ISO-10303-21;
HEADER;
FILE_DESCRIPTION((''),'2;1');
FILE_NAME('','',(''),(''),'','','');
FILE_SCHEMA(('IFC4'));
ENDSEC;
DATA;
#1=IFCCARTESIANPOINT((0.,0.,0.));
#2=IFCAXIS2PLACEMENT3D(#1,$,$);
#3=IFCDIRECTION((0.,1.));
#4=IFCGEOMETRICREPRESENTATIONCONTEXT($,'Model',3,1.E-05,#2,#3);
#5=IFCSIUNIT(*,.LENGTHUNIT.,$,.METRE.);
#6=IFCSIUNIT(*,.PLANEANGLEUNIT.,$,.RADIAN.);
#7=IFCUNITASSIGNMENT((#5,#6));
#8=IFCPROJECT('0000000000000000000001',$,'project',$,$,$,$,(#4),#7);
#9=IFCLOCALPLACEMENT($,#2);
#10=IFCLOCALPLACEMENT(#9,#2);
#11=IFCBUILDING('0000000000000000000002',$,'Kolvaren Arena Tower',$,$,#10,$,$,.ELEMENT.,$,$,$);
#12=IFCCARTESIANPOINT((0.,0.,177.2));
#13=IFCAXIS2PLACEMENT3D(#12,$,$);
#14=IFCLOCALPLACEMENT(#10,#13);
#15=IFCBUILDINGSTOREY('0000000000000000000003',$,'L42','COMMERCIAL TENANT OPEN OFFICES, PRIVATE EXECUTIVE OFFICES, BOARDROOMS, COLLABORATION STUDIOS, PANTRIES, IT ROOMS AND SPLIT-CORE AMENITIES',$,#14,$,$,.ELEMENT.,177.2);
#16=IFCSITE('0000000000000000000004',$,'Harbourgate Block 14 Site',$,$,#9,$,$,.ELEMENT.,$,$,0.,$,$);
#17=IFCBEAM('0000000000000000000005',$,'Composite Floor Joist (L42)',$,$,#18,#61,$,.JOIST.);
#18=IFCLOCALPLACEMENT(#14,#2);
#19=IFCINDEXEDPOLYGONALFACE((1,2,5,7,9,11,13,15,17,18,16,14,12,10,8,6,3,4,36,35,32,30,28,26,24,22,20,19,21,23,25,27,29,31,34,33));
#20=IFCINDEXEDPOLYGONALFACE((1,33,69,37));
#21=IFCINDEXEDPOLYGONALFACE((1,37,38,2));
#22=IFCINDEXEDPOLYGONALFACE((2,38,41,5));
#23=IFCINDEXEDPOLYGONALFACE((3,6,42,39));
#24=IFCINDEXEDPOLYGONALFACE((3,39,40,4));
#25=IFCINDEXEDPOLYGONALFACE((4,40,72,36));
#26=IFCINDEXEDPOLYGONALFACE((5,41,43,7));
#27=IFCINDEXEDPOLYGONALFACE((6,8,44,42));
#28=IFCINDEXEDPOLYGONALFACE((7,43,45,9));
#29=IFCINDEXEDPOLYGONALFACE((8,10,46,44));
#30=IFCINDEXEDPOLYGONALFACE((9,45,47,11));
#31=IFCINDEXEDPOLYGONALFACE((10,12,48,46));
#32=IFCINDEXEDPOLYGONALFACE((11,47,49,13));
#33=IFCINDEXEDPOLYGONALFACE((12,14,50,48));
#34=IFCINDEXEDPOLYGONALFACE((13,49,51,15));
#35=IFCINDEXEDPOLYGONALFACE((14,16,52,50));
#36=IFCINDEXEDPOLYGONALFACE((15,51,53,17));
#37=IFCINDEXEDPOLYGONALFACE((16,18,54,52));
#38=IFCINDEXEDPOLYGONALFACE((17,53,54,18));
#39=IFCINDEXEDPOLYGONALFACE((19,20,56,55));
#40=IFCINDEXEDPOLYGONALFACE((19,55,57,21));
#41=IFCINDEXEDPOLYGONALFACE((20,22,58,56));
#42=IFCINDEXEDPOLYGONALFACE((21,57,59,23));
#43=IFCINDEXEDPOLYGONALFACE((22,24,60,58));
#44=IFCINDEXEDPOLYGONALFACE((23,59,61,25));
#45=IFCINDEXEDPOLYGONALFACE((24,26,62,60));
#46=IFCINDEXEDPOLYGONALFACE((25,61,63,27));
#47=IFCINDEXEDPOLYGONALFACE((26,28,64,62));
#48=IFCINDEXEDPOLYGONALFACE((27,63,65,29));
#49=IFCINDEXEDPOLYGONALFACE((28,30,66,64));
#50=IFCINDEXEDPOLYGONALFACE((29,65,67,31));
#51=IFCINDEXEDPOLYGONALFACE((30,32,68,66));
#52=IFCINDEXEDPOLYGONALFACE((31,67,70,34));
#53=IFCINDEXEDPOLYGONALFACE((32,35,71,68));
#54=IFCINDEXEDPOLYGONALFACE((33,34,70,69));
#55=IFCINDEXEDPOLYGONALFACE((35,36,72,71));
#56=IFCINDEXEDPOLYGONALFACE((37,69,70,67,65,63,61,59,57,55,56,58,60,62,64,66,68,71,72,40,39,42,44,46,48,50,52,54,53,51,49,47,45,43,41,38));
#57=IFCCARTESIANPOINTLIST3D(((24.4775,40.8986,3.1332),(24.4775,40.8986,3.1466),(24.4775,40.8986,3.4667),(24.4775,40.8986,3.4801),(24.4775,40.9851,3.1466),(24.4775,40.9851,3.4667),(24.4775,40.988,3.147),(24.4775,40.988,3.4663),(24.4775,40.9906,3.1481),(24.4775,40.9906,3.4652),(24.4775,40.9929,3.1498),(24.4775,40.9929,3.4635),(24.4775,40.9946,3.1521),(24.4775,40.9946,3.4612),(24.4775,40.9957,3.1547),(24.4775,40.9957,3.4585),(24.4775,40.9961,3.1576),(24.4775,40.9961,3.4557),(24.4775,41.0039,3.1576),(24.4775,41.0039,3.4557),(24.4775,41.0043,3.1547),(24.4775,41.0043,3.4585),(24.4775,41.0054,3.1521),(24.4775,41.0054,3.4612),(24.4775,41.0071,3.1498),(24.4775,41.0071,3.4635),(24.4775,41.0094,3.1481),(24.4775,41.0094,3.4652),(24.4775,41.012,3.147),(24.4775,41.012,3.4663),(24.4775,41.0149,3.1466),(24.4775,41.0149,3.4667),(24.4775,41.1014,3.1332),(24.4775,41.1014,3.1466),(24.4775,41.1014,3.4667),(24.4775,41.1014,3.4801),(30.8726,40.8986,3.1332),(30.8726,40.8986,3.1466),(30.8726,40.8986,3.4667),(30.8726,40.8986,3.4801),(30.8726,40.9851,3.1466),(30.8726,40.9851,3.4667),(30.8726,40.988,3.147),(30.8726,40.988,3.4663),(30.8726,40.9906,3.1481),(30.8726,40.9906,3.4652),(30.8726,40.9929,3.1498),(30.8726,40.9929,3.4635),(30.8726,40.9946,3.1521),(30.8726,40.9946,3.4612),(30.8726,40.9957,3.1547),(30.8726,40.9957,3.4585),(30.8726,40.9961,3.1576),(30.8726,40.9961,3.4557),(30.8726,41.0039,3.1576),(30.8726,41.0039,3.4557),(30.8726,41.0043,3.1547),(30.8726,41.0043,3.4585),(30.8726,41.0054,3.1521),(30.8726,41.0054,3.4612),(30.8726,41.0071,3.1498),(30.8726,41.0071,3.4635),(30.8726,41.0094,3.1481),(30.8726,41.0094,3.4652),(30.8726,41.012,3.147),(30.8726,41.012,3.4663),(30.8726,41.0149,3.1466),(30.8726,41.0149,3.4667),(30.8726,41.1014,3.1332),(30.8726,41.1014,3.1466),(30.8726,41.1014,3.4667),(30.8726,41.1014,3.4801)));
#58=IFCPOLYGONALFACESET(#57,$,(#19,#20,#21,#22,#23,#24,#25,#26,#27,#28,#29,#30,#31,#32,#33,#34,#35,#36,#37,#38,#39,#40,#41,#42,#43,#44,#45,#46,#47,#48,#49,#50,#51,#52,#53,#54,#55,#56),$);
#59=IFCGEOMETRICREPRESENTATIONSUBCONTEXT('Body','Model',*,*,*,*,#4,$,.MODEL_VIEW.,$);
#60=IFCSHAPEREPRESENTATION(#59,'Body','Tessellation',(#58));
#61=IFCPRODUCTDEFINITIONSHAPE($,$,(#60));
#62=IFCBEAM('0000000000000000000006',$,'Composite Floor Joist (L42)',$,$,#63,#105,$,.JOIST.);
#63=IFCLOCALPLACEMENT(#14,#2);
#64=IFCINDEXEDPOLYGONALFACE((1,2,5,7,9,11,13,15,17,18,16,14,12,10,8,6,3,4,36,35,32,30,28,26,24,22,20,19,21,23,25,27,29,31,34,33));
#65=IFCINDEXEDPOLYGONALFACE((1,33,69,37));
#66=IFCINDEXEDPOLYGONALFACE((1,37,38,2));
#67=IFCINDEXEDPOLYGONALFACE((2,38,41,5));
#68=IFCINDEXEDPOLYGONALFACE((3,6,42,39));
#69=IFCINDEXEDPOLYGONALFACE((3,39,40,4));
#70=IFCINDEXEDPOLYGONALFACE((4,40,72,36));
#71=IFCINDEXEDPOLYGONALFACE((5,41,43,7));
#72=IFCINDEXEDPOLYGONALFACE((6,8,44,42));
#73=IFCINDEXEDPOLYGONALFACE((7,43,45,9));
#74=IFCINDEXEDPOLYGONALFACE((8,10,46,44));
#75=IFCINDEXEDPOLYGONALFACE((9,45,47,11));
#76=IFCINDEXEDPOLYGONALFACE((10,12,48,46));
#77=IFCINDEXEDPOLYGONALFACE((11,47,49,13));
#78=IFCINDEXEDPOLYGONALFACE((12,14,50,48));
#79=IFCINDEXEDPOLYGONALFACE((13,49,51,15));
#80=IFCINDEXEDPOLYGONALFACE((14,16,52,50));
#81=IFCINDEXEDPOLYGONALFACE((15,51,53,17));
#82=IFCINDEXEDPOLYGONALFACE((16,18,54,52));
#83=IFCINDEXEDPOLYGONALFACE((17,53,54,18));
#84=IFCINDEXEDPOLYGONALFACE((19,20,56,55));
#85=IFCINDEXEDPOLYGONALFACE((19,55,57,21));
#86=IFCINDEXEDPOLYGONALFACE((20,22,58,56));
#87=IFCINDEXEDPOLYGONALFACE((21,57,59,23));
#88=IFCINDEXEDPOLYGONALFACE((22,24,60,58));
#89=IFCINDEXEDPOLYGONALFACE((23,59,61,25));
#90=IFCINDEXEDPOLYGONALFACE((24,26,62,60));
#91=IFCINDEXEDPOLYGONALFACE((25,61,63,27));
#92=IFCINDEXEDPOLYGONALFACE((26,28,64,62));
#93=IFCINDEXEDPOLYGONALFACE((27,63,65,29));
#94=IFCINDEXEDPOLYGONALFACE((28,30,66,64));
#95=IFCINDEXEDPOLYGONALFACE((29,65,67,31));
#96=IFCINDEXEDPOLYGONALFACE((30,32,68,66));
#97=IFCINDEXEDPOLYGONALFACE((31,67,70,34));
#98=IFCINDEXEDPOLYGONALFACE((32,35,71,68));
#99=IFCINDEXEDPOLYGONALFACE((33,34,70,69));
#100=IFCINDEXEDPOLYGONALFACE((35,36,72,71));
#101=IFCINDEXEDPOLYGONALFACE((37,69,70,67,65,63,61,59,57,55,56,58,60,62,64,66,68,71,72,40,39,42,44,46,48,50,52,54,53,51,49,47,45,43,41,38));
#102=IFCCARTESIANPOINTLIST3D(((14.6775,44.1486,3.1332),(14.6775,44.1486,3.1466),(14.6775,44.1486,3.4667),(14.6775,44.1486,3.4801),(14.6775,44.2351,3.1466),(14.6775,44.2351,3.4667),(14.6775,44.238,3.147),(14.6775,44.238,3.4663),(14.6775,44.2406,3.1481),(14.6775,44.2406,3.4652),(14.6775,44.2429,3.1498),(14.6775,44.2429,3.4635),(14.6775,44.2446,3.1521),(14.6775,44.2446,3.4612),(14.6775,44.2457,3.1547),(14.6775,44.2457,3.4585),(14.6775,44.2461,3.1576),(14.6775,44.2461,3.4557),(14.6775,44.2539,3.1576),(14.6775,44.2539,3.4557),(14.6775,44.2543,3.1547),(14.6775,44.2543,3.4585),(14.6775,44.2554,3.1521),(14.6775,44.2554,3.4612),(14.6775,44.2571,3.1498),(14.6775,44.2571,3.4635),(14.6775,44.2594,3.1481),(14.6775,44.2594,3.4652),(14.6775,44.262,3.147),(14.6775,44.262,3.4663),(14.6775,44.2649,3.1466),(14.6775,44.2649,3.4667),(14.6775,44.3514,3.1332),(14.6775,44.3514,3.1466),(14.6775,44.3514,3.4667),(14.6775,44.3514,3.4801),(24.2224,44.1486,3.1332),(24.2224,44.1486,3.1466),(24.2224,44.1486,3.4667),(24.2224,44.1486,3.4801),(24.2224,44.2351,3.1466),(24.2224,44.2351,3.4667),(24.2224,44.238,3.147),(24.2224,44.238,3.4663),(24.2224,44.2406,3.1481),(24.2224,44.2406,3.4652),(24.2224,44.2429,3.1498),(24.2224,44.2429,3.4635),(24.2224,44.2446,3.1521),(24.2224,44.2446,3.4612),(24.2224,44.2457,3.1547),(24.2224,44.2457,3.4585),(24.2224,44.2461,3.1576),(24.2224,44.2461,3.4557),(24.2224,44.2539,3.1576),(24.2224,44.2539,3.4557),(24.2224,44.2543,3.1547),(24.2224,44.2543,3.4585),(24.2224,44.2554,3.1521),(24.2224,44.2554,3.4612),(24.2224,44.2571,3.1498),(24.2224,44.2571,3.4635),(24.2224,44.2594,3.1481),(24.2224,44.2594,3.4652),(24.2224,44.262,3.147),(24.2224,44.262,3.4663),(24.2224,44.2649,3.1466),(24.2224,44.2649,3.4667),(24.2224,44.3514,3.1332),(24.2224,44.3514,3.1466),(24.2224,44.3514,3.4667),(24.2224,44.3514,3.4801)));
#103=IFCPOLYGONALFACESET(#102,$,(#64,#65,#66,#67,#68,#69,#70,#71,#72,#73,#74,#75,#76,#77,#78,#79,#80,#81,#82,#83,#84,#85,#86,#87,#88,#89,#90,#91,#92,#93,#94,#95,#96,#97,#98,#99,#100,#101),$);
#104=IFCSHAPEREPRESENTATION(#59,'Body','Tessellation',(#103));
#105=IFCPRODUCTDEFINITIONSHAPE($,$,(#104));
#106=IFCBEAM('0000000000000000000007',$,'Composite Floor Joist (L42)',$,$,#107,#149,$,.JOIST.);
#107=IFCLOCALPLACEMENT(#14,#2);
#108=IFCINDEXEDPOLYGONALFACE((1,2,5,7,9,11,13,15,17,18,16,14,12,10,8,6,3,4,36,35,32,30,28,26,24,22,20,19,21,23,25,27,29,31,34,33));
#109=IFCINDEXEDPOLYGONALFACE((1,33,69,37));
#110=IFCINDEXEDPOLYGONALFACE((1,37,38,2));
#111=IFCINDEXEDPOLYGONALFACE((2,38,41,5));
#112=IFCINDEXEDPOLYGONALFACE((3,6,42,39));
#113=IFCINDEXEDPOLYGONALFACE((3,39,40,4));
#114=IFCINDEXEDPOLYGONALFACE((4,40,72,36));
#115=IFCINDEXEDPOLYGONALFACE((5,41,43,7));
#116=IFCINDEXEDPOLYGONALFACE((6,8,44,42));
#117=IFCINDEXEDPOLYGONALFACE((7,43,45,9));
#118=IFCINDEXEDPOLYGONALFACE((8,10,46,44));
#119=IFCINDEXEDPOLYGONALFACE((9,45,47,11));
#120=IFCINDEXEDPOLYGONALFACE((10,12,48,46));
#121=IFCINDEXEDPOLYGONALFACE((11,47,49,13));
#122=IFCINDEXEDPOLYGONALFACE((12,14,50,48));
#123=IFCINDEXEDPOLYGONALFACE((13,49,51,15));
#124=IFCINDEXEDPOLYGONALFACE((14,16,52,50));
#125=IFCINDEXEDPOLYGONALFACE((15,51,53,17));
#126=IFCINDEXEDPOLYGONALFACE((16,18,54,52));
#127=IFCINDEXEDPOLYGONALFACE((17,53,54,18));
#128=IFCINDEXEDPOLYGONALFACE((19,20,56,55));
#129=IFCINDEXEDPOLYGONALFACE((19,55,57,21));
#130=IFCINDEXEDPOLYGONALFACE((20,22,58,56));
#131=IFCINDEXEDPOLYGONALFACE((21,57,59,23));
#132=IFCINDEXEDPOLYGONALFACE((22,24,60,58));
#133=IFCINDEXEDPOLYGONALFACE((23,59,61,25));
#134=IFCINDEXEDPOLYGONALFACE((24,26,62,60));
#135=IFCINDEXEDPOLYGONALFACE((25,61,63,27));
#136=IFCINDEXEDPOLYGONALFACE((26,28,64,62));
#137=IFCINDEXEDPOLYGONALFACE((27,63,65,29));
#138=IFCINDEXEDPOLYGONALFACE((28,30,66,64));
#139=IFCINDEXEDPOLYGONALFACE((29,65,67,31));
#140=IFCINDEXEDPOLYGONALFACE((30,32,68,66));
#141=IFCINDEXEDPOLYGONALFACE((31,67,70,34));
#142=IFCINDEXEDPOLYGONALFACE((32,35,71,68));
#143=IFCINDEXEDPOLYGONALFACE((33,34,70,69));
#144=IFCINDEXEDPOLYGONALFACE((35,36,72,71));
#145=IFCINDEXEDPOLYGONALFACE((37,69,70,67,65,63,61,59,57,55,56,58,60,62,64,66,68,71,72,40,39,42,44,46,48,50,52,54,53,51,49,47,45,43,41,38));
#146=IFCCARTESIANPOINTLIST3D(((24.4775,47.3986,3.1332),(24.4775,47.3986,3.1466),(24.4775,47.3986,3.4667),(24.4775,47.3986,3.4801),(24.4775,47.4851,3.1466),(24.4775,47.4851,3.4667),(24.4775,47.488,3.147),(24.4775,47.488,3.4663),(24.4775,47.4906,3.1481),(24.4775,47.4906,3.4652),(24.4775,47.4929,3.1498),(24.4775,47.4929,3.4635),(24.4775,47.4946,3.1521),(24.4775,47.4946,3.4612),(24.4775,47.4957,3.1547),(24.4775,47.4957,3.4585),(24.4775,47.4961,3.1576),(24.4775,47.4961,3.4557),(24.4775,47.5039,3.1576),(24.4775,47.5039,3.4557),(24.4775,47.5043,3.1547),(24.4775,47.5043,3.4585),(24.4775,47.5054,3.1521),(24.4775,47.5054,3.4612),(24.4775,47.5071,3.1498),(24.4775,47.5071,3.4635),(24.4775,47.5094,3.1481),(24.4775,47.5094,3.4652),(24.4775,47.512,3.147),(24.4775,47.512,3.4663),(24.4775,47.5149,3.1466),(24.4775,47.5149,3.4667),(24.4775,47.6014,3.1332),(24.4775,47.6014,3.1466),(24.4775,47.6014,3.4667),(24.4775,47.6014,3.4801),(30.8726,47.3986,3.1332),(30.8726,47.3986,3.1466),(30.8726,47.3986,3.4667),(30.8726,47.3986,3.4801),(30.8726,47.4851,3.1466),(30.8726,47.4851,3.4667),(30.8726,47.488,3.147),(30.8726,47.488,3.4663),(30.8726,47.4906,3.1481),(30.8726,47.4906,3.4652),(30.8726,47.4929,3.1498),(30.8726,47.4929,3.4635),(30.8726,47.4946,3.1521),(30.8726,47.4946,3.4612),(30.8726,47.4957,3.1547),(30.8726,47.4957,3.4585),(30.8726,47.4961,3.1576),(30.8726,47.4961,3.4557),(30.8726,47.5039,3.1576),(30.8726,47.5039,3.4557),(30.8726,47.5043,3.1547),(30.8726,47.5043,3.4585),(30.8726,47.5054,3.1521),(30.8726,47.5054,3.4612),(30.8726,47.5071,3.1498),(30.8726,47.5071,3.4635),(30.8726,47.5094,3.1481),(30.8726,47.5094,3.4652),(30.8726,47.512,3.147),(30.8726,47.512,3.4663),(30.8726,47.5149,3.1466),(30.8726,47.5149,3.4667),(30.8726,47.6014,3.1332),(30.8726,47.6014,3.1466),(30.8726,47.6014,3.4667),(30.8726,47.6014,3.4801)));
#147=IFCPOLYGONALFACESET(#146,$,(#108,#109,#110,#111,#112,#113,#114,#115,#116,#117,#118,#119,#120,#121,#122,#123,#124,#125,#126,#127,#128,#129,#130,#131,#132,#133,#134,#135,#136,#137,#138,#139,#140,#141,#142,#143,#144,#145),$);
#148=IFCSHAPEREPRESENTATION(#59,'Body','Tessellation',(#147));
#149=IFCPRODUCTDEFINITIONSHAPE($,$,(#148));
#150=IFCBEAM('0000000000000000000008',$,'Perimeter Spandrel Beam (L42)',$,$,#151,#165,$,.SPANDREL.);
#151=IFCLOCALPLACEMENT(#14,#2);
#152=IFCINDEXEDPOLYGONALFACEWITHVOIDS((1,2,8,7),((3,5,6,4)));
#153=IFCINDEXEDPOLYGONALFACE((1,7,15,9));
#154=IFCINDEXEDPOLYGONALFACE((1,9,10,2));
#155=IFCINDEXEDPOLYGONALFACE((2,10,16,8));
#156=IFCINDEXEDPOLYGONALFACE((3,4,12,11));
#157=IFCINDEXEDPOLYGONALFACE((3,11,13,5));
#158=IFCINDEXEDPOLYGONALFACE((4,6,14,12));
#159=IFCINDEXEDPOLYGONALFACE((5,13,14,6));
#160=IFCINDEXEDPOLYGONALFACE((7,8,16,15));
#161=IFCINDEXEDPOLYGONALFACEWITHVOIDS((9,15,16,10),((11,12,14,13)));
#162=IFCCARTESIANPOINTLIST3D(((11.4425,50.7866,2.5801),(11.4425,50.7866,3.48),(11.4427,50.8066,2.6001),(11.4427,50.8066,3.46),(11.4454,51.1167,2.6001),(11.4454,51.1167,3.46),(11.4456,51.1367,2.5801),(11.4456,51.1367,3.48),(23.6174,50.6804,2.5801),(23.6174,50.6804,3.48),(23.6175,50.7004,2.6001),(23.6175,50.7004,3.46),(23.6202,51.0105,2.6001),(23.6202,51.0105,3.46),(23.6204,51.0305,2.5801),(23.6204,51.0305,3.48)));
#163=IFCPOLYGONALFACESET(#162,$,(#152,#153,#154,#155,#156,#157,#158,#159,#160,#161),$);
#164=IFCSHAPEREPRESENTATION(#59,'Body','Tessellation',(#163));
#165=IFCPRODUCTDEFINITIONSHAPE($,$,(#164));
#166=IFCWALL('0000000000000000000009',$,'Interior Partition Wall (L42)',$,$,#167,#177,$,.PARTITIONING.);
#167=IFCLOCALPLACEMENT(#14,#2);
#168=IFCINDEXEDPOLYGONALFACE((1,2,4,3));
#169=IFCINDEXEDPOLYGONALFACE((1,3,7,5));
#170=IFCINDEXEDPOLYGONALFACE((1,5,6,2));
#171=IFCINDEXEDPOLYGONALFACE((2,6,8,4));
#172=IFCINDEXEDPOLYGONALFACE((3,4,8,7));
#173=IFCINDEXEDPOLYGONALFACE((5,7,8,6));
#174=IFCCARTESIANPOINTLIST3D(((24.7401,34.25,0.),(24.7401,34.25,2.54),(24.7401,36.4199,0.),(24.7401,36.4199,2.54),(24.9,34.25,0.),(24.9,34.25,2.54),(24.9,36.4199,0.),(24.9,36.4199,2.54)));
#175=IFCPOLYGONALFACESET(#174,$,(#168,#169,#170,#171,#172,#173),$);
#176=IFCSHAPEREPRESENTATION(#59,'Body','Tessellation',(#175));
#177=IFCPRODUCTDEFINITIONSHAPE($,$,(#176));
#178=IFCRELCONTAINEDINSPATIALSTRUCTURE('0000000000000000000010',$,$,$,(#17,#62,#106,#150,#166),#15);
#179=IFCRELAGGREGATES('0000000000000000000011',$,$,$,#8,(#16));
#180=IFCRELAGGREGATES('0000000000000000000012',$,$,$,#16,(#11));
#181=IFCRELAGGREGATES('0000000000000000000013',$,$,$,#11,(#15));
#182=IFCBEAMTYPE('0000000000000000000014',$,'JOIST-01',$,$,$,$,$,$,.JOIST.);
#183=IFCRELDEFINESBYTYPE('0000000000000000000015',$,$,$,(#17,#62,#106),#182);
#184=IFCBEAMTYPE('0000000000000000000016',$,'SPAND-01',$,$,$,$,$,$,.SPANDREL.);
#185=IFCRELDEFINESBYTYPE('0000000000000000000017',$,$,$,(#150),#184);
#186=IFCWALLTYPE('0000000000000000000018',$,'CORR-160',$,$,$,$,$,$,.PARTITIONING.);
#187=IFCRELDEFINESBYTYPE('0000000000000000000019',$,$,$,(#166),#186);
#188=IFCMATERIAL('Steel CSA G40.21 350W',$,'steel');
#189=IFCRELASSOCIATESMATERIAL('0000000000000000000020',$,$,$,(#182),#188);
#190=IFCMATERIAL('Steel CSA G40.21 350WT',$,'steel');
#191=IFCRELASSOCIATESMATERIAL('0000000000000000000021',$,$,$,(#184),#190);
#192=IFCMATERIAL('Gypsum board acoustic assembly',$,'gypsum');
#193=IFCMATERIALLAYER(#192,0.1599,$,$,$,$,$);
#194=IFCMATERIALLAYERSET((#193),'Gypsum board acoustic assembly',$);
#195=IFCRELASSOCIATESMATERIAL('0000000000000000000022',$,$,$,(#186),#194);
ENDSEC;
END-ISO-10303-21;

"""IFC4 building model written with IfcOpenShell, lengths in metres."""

from ifc_helpers import new_model, si_unit, direction, frame, frame_2d, origin, origin_2d, place, context, subcontext, project, spatial, rectangle, hollow_rectangle, i_section, extrude, material, layer, layer_set, material_profile, profile_set, type_object, element, save


model = new_model("IFC4")

# Units and contexts
model_context = context("Model", 3, precision=1e-05, world=origin(), true_north=direction((0.0, 1.0)))
body_context = subcontext(model_context, "Body", "Model", "MODEL_VIEW")
ifc_project = project(units=[si_unit("LENGTHUNIT", "METRE"), si_unit("PLANEANGLEUNIT", "RADIAN")], contexts=[model_context])

# Site, building, storey
site_placement = place(None, origin())
site = spatial("IfcSite", under=ifc_project, at=site_placement, Name="Harbourgate Block 14 Site", CompositionType="ELEMENT", RefElevation=0.0)
building_placement = place(site_placement, origin())
building = spatial("IfcBuilding", under=site, at=building_placement, Name="Kolvaren Arena Tower", CompositionType="ELEMENT")
storey_placement = place(building_placement, frame((0.0, 0.0, 177.2)))
storey = spatial("IfcBuildingStorey", under=building, at=storey_placement, Name="L42", Description="COMMERCIAL TENANT OPEN OFFICES, PRIVATE EXECUTIVE OFFICES, BOARDROOMS, COLLABORATION STUDIOS, PANTRIES, IT ROOMS AND SPLIT-CORE AMENITIES", CompositionType="ELEMENT", Elevation=177.2)

# Beams
ifc_material_1 = material(Name="Steel CSA G40.21 350W", Category="steel")
ifc_material_profile_1 = material_profile(ifc_material_1, i_section(OverallWidth=0.2029, OverallDepth=0.3469, WebThickness=0.0078, FlangeThickness=0.0134, FilletRadius=0.011, at=origin_2d()), Name="W360x64")
ifc_profile_set_1 = profile_set([ifc_material_profile_1], Name="Steel CSA G40.21 350W")
beam_type_1 = type_object("IfcBeamType", Name="JOIST-01", PredefinedType="JOIST", material=ifc_profile_set_1)
beam_1_placement = place(storey_placement, frame((24.4775, 41.0, 3.3066), z_axis=(1.0, 0.0, 0.0), x_axis=(0.0, 1.0, 0.0)))
element("IfcBeam", 1, at=beam_1_placement, inside=storey, type_object=beam_type_1, Name="Composite Floor Joist (L42)", PredefinedType="JOIST", context=body_context, shape_type="SweptSolid", body=[
    extrude(i_section(OverallWidth=0.2029, OverallDepth=0.3469, WebThickness=0.0078, FlangeThickness=0.0134, FilletRadius=0.011, at=origin_2d()), origin(), (0.0, 0.0, 1.0), 6.395),
])
beam_2_placement = place(storey_placement, frame((14.6775, 44.25, 3.3066), z_axis=(1.0, 0.0, 0.0), x_axis=(0.0, 1.0, 0.0)))
element("IfcBeam", 2, at=beam_2_placement, inside=storey, type_object=beam_type_1, Name="Composite Floor Joist (L42)", PredefinedType="JOIST", context=body_context, shape_type="SweptSolid", body=[
    extrude(i_section(OverallWidth=0.2029, OverallDepth=0.3469, WebThickness=0.0078, FlangeThickness=0.0134, FilletRadius=0.011, at=origin_2d()), origin(), (0.0, 0.0, 1.0), 9.5449),
])
beam_3_placement = place(storey_placement, frame((24.4775, 47.5, 3.3066), z_axis=(1.0, 0.0, 0.0), x_axis=(0.0, 1.0, 0.0)))
element("IfcBeam", 3, at=beam_3_placement, inside=storey, type_object=beam_type_1, Name="Composite Floor Joist (L42)", PredefinedType="JOIST", context=body_context, shape_type="SweptSolid", body=[
    extrude(i_section(OverallWidth=0.2029, OverallDepth=0.3469, WebThickness=0.0078, FlangeThickness=0.0134, FilletRadius=0.011, at=origin_2d()), origin(), (0.0, 0.0, 1.0), 6.395),
])
ifc_material_2 = material(Name="Steel CSA G40.21 350WT", Category="steel")
ifc_material_profile_2 = material_profile(ifc_material_2, hollow_rectangle(XDim=0.3501, YDim=0.8999, WallThickness=0.02, at=origin_2d()), Name="HSS 900x350x20")
ifc_profile_set_2 = profile_set([ifc_material_profile_2], Name="Steel CSA G40.21 350WT")
beam_type_2 = type_object("IfcBeamType", Name="SPAND-01", PredefinedType="SPANDREL", material=ifc_profile_set_2)
beam_4_placement = place(storey_placement, frame((23.6189, 50.8555, 3.03), z_axis=(-0.999962, 0.008723, 0.0), x_axis=(-0.008723, -0.999962, 0.0)))
element("IfcBeam", 4, at=beam_4_placement, inside=storey, type_object=beam_type_2, Name="Perimeter Spandrel Beam (L42)", PredefinedType="SPANDREL", context=body_context, shape_type="SweptSolid", body=[
    extrude(hollow_rectangle(XDim=0.3501, YDim=0.8999, WallThickness=0.02, at=origin_2d()), origin(), (0.0, 0.0, 1.0), 12.1753),
])

# Wall
ifc_material_3 = material(Name="Gypsum board acoustic assembly", Category="gypsum")
ifc_layer_1 = layer(ifc_material_3, 0.1599)
ifc_layer_set_1 = layer_set([ifc_layer_1], Name="Gypsum board acoustic assembly")
wall_type_1 = type_object("IfcWallType", Name="CORR-160", PredefinedType="PARTITIONING", material=ifc_layer_set_1)
wall_1_placement = place(storey_placement, frame((24.8201, 34.25, 0.0), z_axis=(0.0, 0.0, 1.0), x_axis=(0.0, 1.0, 0.0)))
element("IfcWall", 5, at=wall_1_placement, inside=storey, type_object=wall_type_1, Name="Interior Partition Wall (L42)", PredefinedType="PARTITIONING", context=body_context, shape_type="SweptSolid", body=[
    extrude(rectangle(XDim=2.1699, YDim=0.1599, at=frame_2d((1.085, 0.0))), origin(), (0.0, 0.0, 1.0), 2.54),
])

save(model, "model.ifc")
